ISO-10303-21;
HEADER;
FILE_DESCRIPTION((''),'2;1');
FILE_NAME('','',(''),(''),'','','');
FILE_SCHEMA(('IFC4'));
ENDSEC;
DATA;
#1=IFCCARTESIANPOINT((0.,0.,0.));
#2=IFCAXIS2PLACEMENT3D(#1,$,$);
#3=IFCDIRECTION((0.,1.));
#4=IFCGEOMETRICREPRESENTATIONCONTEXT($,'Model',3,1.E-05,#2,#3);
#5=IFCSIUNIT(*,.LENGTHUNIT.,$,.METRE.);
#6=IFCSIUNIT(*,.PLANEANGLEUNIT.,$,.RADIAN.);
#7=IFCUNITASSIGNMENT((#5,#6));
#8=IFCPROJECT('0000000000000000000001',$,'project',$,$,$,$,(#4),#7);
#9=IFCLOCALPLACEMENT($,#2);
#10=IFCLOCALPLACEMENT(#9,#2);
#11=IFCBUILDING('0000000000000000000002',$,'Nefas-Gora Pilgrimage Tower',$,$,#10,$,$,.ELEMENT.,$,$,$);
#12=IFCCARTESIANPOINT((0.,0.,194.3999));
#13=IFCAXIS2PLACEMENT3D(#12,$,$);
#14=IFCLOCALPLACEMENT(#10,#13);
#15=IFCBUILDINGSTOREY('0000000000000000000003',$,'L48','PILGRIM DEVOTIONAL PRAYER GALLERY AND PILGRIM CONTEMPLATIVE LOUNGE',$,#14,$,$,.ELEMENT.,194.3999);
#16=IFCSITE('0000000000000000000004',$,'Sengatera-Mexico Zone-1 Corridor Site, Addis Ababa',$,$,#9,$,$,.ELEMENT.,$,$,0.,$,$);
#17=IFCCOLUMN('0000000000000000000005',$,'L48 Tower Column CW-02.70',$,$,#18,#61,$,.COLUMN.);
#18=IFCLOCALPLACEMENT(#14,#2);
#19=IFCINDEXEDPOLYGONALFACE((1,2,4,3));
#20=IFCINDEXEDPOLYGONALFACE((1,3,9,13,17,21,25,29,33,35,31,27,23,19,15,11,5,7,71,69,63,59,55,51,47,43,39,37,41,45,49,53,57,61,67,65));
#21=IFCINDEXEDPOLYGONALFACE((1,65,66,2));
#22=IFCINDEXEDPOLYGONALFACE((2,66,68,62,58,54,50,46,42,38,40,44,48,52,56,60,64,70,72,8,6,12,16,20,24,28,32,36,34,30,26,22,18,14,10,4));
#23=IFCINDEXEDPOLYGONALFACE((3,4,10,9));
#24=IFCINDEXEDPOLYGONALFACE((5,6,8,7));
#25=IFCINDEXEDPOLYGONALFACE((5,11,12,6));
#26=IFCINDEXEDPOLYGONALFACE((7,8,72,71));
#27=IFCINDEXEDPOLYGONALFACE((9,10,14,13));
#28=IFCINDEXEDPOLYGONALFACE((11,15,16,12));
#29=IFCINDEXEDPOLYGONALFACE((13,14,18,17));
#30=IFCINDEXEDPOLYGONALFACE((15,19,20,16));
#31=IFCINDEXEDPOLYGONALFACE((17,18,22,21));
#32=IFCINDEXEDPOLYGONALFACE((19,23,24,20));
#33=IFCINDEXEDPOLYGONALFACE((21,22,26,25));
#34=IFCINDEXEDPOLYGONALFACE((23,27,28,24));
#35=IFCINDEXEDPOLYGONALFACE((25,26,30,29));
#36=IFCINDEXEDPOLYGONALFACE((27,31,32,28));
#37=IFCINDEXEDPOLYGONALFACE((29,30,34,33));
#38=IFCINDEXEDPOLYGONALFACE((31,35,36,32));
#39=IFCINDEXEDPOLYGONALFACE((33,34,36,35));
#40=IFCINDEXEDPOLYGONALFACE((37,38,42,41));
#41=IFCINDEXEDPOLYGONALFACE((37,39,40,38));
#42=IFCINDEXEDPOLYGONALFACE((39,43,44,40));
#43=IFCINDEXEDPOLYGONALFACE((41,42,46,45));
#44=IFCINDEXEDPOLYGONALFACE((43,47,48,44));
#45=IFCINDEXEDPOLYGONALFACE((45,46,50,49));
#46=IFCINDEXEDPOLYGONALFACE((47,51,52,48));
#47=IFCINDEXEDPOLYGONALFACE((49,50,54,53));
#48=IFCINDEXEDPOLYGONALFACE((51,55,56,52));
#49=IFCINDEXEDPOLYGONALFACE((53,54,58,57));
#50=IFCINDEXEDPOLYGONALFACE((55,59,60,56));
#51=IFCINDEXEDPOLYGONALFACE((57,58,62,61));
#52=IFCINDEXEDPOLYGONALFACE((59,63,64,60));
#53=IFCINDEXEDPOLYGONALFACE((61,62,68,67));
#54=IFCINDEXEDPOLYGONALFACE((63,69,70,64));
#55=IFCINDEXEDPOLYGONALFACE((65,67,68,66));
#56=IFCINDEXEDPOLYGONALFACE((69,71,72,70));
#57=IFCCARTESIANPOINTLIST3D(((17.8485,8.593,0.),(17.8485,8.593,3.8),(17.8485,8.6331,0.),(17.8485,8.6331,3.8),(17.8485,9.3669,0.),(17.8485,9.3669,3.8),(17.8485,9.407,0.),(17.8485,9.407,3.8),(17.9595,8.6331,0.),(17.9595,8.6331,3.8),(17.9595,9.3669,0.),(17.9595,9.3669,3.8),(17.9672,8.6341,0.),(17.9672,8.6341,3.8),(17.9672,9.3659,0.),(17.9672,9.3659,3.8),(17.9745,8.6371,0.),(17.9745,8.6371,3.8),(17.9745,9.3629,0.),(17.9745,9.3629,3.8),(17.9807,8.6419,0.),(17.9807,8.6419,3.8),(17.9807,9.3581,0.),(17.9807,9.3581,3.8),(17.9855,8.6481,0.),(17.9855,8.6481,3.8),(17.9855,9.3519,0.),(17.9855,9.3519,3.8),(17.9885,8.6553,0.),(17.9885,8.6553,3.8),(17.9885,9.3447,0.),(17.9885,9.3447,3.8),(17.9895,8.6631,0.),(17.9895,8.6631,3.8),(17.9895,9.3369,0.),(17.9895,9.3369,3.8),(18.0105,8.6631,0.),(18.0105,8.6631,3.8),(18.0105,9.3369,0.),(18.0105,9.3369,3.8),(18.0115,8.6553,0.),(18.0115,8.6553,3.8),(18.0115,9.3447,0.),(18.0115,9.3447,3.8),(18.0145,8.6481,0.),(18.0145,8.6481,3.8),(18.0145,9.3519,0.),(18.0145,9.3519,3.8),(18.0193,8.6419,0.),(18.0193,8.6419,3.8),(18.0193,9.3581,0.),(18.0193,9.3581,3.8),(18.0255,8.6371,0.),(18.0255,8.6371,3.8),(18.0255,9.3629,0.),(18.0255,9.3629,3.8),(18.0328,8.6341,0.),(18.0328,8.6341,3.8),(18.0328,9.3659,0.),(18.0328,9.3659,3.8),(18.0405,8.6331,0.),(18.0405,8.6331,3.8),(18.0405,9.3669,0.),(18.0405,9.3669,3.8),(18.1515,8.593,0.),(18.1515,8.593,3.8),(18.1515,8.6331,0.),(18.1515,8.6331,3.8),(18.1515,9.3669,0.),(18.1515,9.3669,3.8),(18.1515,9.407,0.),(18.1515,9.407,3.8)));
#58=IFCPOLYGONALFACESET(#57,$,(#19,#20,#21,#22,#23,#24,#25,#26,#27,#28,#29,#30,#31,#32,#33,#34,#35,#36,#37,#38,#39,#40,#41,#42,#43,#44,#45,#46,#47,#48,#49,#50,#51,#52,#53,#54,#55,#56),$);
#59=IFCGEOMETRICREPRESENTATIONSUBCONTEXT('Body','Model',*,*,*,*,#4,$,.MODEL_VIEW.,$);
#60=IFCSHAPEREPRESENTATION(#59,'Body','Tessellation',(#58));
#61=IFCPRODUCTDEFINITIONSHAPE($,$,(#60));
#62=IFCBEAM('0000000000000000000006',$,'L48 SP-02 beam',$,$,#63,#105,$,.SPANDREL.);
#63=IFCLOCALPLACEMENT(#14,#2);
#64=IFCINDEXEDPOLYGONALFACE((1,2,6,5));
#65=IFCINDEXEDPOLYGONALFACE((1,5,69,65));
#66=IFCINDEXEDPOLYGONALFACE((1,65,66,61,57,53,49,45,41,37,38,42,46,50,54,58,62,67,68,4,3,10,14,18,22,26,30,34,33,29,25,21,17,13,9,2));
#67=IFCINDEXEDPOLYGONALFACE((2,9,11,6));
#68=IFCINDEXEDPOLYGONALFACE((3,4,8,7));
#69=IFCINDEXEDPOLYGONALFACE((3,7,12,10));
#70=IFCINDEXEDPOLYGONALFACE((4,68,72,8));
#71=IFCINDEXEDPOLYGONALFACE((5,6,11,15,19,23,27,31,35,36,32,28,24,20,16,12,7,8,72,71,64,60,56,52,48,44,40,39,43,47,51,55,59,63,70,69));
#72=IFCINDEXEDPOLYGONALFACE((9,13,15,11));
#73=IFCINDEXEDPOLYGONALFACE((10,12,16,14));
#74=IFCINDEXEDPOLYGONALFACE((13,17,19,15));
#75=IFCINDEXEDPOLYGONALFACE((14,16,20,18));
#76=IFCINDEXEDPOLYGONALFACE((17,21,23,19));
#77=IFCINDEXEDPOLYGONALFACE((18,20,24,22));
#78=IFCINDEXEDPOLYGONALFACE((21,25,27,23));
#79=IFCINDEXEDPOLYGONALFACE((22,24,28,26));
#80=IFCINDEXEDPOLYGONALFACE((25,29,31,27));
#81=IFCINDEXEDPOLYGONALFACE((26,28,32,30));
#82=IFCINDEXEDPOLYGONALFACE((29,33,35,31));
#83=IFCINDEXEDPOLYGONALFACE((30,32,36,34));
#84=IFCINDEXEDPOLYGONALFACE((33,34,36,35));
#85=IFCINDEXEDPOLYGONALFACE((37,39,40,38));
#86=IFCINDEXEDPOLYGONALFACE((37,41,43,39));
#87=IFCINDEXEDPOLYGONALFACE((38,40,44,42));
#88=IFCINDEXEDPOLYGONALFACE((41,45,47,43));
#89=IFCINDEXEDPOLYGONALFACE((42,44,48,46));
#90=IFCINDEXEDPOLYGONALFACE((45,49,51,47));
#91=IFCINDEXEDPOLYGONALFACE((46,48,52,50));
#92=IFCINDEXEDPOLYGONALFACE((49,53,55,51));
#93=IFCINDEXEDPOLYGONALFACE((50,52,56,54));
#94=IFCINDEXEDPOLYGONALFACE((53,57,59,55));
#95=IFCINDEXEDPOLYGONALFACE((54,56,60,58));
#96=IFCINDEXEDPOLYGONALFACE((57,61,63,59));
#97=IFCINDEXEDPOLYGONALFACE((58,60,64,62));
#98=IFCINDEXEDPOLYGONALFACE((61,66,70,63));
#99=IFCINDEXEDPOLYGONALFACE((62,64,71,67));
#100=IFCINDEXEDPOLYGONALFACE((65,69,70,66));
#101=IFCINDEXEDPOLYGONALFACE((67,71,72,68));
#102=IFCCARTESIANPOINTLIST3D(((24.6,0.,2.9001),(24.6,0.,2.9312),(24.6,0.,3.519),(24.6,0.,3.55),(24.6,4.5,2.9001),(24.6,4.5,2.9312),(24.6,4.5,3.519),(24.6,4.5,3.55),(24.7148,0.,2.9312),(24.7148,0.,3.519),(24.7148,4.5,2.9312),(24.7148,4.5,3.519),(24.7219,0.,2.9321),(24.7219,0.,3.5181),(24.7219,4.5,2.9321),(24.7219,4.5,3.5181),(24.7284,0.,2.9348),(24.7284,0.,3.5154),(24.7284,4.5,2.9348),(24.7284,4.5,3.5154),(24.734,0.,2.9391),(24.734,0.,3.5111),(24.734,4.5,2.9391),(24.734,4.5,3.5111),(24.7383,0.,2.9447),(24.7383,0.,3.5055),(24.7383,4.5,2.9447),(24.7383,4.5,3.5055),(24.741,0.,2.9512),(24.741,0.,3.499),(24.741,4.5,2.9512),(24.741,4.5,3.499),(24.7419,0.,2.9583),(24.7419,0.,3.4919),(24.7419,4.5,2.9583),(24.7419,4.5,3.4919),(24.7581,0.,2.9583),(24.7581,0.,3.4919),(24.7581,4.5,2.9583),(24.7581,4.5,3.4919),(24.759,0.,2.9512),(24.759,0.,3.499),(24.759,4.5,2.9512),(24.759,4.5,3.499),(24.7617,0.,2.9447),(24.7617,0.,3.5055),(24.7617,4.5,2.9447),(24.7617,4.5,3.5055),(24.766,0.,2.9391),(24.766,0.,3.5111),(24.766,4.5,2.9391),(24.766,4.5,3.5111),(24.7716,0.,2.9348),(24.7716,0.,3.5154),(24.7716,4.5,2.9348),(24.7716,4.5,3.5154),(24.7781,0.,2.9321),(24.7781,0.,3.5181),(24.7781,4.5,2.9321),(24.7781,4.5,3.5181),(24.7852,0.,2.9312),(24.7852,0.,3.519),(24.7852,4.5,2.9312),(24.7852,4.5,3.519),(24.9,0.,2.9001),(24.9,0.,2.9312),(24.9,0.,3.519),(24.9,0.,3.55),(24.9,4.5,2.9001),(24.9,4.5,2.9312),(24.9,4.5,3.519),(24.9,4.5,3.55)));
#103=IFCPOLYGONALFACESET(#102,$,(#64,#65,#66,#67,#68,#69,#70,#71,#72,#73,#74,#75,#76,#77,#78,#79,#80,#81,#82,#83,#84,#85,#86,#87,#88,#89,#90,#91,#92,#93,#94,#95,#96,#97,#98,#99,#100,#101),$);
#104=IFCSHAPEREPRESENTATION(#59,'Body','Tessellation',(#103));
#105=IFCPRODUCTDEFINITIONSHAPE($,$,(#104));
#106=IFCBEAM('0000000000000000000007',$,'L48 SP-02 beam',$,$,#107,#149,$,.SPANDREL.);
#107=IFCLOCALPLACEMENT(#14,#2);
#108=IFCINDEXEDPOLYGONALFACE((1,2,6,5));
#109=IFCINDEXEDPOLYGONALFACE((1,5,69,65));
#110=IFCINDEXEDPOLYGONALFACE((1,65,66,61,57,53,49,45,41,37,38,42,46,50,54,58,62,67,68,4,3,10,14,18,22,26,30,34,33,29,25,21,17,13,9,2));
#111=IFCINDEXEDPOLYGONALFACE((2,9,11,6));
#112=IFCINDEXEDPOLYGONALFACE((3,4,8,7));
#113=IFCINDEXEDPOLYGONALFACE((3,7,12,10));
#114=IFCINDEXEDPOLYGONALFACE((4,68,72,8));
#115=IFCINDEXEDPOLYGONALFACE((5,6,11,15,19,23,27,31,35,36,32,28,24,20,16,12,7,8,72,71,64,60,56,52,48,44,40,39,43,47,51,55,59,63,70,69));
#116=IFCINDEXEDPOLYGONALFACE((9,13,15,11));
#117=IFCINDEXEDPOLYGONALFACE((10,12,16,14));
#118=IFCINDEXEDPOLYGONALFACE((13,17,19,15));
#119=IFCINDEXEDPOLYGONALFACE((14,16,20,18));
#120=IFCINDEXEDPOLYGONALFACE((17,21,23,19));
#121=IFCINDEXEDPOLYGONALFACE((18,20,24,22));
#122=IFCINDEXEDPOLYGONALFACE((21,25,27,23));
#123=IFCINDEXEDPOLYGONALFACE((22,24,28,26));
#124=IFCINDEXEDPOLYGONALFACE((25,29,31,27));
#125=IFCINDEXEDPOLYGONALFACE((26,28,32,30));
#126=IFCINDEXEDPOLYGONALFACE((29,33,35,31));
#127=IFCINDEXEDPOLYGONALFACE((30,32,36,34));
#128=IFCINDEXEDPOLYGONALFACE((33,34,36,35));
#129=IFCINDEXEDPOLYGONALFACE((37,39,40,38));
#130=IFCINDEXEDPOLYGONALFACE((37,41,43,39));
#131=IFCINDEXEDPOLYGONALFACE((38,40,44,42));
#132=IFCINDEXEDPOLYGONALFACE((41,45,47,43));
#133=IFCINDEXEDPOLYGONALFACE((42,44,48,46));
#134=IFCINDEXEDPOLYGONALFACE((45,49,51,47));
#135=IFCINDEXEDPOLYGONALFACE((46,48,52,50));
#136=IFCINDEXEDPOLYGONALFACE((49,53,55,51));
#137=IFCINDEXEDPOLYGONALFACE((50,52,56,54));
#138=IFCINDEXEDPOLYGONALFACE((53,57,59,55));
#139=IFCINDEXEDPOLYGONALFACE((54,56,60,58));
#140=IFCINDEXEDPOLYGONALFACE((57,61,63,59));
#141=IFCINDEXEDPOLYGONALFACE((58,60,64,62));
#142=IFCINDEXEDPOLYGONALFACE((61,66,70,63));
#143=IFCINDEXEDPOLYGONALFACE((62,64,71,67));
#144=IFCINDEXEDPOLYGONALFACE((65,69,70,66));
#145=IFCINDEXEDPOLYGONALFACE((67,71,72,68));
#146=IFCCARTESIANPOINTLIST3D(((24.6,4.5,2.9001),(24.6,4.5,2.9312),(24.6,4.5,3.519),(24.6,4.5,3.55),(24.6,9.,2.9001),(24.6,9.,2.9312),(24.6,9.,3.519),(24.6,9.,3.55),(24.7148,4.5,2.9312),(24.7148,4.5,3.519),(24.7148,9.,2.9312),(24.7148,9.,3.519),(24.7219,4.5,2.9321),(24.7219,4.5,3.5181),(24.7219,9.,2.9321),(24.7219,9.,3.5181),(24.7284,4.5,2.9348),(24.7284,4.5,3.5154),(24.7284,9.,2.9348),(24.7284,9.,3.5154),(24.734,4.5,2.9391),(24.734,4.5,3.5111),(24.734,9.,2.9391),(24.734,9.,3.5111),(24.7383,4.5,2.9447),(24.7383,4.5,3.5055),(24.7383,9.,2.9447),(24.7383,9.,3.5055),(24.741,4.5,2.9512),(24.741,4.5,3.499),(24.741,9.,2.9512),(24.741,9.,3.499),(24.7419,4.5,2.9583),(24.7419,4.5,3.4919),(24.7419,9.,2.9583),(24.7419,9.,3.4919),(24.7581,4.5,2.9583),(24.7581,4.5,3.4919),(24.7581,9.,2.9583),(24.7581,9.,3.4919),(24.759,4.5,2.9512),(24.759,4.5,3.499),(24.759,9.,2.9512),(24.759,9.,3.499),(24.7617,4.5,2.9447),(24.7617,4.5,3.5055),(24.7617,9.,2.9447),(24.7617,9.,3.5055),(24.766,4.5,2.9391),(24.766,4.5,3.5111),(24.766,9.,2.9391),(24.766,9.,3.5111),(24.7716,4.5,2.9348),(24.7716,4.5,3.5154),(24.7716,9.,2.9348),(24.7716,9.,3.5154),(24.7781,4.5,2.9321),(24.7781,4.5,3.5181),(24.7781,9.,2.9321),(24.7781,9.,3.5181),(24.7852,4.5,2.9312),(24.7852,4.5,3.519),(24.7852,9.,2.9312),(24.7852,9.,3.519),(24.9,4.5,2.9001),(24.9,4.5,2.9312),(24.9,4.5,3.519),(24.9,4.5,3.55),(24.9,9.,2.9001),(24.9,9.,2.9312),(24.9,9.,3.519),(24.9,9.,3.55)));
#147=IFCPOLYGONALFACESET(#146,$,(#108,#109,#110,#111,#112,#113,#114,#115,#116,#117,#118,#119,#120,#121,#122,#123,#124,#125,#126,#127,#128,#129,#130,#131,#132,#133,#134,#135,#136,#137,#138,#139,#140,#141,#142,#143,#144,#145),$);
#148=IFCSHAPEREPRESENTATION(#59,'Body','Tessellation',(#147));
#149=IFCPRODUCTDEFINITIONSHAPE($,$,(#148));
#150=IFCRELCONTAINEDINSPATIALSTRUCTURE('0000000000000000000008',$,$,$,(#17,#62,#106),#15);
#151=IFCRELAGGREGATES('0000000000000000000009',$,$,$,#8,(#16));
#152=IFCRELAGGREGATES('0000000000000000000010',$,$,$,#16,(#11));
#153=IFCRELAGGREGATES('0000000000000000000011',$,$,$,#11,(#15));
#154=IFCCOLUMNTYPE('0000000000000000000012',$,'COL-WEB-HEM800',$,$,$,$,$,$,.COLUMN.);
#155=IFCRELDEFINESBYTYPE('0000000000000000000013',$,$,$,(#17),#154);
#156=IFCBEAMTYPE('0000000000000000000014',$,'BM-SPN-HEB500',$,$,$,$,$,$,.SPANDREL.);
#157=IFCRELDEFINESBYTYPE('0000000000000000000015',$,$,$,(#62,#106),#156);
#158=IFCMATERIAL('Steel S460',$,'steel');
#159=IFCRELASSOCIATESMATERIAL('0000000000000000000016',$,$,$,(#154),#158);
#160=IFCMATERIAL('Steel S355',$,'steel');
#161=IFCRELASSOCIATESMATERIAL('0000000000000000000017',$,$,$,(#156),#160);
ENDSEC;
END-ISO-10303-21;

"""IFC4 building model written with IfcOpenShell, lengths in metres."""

from ifc_helpers import new_model, si_unit, direction, frame, origin, origin_2d, place, context, subcontext, project, spatial, i_section, extrude, source, transform, mapped, material, material_profile, profile_set, type_object, element, save


model = new_model("IFC4")

# Units and contexts
model_context = context("Model", 3, precision=1e-05, world=origin(), true_north=direction((0.0, 1.0)))
body_context = subcontext(model_context, "Body", "Model", "MODEL_VIEW")
ifc_project = project(units=[si_unit("LENGTHUNIT", "METRE"), si_unit("PLANEANGLEUNIT", "RADIAN")], contexts=[model_context])

# Site, building, storey
site_placement = place(None, origin())
site = spatial("IfcSite", under=ifc_project, at=site_placement, Name="Sengatera-Mexico Zone-1 Corridor Site, Addis Ababa", CompositionType="ELEMENT", RefElevation=0.0)
building_placement = place(site_placement, origin())
building = spatial("IfcBuilding", under=site, at=building_placement, Name="Nefas-Gora Pilgrimage Tower", CompositionType="ELEMENT")
storey_placement = place(building_placement, frame((0.0, 0.0, 194.3999)))
storey = spatial("IfcBuildingStorey", under=building, at=storey_placement, Name="L48", Description="PILGRIM DEVOTIONAL PRAYER GALLERY AND PILGRIM CONTEMPLATIVE LOUNGE", CompositionType="ELEMENT", Elevation=194.3999)

# Column
ifc_material_1 = material(Name="Steel S460", Category="steel")
ifc_material_profile_1 = material_profile(ifc_material_1, i_section(OverallWidth=0.303, OverallDepth=0.814, WebThickness=0.021, FlangeThickness=0.04, FilletRadius=0.03, at=origin_2d()), Name="HEM 800")
ifc_profile_set_1 = profile_set([ifc_material_profile_1], Name="Steel S460")
column_type_1 = type_object("IfcColumnType", Name="COL-WEB-HEM800", PredefinedType="COLUMN", material=ifc_profile_set_1)
shared_shape_1 = source(origin(), body_context, "Body", "SweptSolid", [
    extrude(i_section(OverallWidth=0.303, OverallDepth=0.814, WebThickness=0.021, FlangeThickness=0.04, FilletRadius=0.03, at=origin_2d()), origin(), (0.0, 0.0, 1.0), 3.8),
])
for number, where, z_axis, x_axis, name in (
    (1, (18.0, 9.0, 0.0), (0.0, 0.0, 1.0), (1.0, 0.0, 0.0), "L48 Tower Column CW-02.70"),
):
    element("IfcColumn", number, at=place(storey_placement, frame(where, z_axis=z_axis, x_axis=x_axis)), inside=storey, type_object=column_type_1, Name=name, PredefinedType="COLUMN", context=body_context, shape_type="MappedRepresentation", body=[
        mapped(shared_shape_1, transform((0.0, 0.0, 0.0), x_axis=(1.0, 0.0, 0.0), y_axis=(0.0, 1.0, 0.0), z_axis=(0.0, 0.0, 1.0), scale=1.0)),
    ])

# Beams
ifc_material_2 = material(Name="Steel S355", Category="steel")
ifc_material_profile_2 = material_profile(ifc_material_2, i_section(OverallWidth=0.3, OverallDepth=0.6499, WebThickness=0.0161, FlangeThickness=0.031, FilletRadius=0.0271, at=origin_2d()), Name="HEB 650")
ifc_profile_set_2 = profile_set([ifc_material_profile_2], Name="Steel S355")
beam_type_1 = type_object("IfcBeamType", Name="BM-SPN-HEB500", PredefinedType="SPANDREL", material=ifc_profile_set_2)
shared_shape_2 = source(origin(), body_context, "Body", "SweptSolid", [
    extrude(i_section(OverallWidth=0.3, OverallDepth=0.6499, WebThickness=0.0161, FlangeThickness=0.031, FilletRadius=0.0271, at=origin_2d()), origin(), (0.0, 0.0, 1.0), 4.5),
])
for number, where, z_axis, x_axis, name in (
    (2, (24.75, 0.0, 3.2251), (0.0, 1.0, 0.0), (-1.0, 0.0, 0.0), "L48 SP-02 beam"),
    (3, (24.75, 4.5, 3.2251), (0.0, 1.0, 0.0), (-1.0, 0.0, 0.0), "L48 SP-02 beam"),
):
    element("IfcBeam", number, at=place(storey_placement, frame(where, z_axis=z_axis, x_axis=x_axis)), inside=storey, type_object=beam_type_1, Name=name, PredefinedType="SPANDREL", context=body_context, shape_type="MappedRepresentation", body=[
        mapped(shared_shape_2, transform((0.0, 0.0, 0.0), x_axis=(1.0, 0.0, 0.0), y_axis=(0.0, 1.0, 0.0), z_axis=(0.0, 0.0, 1.0), scale=1.0)),
    ])

save(model, "model.ifc")
